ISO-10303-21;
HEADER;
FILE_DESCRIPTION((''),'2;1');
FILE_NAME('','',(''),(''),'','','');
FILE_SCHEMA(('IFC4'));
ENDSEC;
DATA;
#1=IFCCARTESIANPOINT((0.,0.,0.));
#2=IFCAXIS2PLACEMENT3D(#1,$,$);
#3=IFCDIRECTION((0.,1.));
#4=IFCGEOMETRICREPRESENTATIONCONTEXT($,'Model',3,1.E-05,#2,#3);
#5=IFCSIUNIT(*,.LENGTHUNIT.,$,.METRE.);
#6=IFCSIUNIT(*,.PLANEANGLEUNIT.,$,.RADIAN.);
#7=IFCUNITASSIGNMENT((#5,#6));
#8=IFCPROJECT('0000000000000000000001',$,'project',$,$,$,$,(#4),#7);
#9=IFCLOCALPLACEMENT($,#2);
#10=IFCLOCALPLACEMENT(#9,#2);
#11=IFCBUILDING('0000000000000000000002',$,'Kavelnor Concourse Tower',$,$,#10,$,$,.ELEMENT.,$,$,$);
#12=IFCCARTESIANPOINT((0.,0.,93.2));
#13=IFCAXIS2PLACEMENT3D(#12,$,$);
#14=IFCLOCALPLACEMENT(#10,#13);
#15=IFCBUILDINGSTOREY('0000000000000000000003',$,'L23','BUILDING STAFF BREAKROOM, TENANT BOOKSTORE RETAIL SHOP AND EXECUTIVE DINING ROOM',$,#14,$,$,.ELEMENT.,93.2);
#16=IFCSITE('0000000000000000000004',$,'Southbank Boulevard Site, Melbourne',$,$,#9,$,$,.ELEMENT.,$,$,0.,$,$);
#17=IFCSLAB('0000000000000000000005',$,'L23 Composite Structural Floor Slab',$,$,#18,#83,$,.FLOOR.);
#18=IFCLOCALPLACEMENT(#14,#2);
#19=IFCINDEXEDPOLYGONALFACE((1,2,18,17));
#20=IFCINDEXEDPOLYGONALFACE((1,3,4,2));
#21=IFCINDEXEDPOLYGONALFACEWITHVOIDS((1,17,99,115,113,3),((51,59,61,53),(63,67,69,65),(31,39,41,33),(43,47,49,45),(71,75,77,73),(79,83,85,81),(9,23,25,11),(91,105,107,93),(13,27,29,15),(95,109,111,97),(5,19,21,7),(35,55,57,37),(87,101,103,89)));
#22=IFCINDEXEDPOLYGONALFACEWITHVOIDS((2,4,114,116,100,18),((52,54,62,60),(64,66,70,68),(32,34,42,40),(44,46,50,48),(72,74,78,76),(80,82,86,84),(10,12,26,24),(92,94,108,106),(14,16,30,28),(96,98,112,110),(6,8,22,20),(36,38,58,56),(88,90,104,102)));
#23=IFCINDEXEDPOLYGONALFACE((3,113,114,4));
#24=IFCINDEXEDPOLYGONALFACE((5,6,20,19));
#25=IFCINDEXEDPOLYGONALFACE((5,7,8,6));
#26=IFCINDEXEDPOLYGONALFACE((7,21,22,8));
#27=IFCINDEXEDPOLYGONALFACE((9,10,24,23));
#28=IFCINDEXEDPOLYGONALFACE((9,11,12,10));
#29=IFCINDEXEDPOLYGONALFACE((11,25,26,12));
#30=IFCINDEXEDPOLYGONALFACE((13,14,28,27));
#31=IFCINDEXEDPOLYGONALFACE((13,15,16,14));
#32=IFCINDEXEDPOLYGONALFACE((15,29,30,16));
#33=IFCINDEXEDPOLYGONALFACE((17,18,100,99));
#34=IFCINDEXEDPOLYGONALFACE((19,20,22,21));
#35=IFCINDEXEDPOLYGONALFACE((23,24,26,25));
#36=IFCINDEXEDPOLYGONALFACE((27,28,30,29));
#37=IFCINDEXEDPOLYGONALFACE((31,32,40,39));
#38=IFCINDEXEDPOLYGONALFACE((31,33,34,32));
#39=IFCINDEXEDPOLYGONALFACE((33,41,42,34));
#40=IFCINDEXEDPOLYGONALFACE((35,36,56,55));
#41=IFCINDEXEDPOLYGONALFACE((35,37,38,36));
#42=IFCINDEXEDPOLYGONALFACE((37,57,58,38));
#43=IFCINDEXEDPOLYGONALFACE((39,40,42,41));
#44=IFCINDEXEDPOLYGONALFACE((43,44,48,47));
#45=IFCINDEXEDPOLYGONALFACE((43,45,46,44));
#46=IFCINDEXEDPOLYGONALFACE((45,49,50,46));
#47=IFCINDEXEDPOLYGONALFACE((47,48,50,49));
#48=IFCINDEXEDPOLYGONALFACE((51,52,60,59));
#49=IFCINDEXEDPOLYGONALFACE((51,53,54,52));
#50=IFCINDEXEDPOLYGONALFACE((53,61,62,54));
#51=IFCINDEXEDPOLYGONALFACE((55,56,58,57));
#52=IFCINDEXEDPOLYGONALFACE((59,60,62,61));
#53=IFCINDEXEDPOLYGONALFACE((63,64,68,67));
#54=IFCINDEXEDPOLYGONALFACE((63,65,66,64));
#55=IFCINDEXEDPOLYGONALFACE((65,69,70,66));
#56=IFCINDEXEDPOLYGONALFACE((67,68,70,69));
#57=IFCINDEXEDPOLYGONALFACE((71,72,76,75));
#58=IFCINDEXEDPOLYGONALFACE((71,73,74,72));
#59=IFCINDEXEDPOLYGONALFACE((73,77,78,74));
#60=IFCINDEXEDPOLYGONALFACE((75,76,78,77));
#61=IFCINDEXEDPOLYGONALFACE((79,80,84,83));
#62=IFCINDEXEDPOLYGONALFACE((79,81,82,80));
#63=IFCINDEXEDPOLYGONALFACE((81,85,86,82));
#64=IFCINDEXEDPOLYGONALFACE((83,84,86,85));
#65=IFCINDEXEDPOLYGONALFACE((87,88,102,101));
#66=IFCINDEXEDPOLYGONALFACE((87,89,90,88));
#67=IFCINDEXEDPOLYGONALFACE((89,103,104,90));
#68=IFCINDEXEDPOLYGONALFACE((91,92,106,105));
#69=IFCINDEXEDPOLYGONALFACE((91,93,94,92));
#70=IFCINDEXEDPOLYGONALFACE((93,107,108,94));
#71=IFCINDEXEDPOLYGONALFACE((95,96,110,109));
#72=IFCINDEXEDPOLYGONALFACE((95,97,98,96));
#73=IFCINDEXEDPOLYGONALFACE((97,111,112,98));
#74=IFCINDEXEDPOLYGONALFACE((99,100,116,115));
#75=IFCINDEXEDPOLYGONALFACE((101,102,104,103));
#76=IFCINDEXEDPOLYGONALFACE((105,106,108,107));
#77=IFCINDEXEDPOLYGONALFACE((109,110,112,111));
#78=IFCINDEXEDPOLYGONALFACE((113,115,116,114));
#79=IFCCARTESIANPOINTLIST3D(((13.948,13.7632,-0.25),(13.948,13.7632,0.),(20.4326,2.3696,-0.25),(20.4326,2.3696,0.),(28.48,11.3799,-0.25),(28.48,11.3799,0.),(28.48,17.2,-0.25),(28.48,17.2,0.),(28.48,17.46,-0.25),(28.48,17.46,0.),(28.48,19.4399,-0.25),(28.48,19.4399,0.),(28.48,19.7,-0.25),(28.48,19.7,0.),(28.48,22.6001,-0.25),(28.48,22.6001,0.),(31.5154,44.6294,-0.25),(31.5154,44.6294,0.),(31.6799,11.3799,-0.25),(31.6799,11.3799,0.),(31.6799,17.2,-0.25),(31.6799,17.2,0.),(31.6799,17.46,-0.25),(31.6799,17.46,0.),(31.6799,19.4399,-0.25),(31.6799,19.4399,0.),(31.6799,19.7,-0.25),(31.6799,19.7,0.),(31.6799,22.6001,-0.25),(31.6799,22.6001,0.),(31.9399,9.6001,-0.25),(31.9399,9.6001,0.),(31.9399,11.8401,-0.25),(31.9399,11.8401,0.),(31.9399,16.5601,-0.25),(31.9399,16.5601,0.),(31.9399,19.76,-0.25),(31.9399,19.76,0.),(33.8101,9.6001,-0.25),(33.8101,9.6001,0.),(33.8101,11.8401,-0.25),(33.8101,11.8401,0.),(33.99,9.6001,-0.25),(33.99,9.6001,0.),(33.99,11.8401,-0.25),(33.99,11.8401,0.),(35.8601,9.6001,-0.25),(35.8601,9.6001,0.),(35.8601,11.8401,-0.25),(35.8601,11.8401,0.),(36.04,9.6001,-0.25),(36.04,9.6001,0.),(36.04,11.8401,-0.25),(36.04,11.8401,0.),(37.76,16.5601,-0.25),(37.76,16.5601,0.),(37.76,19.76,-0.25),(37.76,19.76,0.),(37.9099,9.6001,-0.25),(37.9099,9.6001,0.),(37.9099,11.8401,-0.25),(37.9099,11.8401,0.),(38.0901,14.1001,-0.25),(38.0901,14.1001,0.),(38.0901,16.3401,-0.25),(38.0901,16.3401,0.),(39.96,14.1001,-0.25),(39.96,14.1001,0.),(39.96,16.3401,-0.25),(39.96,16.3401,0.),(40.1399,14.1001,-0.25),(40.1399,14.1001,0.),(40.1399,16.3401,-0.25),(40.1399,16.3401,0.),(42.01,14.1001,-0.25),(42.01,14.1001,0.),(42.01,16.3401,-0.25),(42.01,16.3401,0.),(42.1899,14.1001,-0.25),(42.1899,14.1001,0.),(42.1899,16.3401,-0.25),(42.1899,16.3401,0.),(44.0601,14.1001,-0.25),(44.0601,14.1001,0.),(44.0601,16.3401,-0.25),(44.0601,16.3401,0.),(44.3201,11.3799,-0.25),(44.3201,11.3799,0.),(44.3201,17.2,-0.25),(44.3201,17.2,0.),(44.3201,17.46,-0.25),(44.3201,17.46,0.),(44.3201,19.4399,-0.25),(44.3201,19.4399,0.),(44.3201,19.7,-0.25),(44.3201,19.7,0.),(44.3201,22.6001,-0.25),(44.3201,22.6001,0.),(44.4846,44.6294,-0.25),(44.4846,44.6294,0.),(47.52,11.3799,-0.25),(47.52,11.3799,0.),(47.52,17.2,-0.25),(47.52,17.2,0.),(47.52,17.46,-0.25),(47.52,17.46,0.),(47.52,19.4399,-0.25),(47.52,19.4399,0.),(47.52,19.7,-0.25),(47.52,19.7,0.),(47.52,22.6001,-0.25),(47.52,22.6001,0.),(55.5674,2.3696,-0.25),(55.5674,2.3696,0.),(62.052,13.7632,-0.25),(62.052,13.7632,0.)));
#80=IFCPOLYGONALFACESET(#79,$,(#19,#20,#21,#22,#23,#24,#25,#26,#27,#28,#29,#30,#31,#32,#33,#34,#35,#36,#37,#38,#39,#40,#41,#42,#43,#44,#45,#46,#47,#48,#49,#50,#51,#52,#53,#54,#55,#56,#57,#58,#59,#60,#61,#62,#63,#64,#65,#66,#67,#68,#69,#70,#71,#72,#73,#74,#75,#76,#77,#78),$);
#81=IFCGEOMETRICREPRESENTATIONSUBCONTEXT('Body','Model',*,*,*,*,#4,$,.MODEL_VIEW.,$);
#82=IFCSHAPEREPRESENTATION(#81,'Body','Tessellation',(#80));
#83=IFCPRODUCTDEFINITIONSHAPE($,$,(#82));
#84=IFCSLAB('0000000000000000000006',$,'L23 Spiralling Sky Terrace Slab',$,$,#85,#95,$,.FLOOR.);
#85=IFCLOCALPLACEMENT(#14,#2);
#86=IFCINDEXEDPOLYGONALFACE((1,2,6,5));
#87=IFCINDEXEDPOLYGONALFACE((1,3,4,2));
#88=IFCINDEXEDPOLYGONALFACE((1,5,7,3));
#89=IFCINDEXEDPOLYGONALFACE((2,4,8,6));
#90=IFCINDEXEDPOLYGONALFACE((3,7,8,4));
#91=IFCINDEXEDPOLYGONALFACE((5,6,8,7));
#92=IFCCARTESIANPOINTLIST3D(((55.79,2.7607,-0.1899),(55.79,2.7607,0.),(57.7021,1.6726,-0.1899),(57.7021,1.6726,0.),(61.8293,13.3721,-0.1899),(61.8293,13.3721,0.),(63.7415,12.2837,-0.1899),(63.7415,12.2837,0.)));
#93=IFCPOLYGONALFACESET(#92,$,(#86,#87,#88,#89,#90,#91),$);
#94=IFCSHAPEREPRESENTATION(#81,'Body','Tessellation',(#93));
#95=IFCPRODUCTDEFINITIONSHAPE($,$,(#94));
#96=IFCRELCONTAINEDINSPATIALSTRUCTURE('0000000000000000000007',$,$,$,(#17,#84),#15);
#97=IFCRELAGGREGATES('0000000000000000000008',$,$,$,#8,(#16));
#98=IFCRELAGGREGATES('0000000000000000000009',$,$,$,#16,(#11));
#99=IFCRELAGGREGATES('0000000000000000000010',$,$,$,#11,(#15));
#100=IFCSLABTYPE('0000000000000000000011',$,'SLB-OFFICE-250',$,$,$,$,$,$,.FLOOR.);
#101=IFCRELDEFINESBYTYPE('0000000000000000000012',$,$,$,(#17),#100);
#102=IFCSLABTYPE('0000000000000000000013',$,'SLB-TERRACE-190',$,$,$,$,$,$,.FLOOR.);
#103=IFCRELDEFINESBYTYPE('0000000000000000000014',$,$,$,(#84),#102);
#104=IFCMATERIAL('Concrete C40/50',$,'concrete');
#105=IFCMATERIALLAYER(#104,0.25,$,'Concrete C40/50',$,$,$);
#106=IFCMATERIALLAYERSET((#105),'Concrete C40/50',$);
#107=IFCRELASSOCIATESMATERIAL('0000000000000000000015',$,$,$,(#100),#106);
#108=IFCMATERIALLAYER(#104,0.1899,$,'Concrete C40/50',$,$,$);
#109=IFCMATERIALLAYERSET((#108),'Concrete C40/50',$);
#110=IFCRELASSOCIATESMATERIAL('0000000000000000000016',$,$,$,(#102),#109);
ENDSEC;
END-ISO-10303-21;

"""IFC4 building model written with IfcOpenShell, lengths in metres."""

from ifc_helpers import new_model, si_unit, direction, frame, origin, place, context, subcontext, project, spatial, polyline, outline, extrude, material, layer, layer_set, type_object, element, save


model = new_model("IFC4")

# Units and contexts
model_context = context("Model", 3, precision=1e-05, world=origin(), true_north=direction((0.0, 1.0)))
body_context = subcontext(model_context, "Body", "Model", "MODEL_VIEW")
ifc_project = project(units=[si_unit("LENGTHUNIT", "METRE"), si_unit("PLANEANGLEUNIT", "RADIAN")], contexts=[model_context])

# Site, building, storey
site_placement = place(None, origin())
site = spatial("IfcSite", under=ifc_project, at=site_placement, Name="Southbank Boulevard Site, Melbourne", CompositionType="ELEMENT", RefElevation=0.0)
building_placement = place(site_placement, origin())
building = spatial("IfcBuilding", under=site, at=building_placement, Name="Kavelnor Concourse Tower", CompositionType="ELEMENT")
storey_placement = place(building_placement, frame((0.0, 0.0, 93.2)))
storey = spatial("IfcBuildingStorey", under=building, at=storey_placement, Name="L23", Description="BUILDING STAFF BREAKROOM, TENANT BOOKSTORE RETAIL SHOP AND EXECUTIVE DINING ROOM", CompositionType="ELEMENT", Elevation=93.2)

# Shared definitions
ifc_material_1 = material(Name="Concrete C40/50", Category="concrete")

# Slabs
ifc_layer_1 = layer(ifc_material_1, 0.25, Name="Concrete C40/50")
ifc_layer_set_1 = layer_set([ifc_layer_1], Name="Concrete C40/50")
slab_type_1 = type_object("IfcSlabType", Name="SLB-OFFICE-250", PredefinedType="FLOOR", material=ifc_layer_set_1)
slab_1_placement = place(storey_placement, frame((0.0, 0.0, -0.25)))
element("IfcSlab", 1, at=slab_1_placement, inside=storey, type_object=slab_type_1, Name="L23 Composite Structural Floor Slab", PredefinedType="FLOOR", context=body_context, shape_type="SweptSolid", body=[
    extrude(outline(polyline([(44.4846, 44.6294), (31.5154, 44.6294), (13.948, 13.7632), (20.4326, 2.3696), (55.5674, 2.3696), (62.052, 13.7632), (44.4846, 44.6294)]), holes=[polyline([(28.48, 11.3799), (31.6799, 11.3799), (31.6799, 17.2), (28.48, 17.2), (28.48, 11.3799)]), polyline([(44.3201, 11.3799), (47.52, 11.3799), (47.52, 17.2), (44.3201, 17.2), (44.3201, 11.3799)]), polyline([(31.9399, 16.5601), (37.76, 16.5601), (37.76, 19.76), (31.9399, 19.76), (31.9399, 16.5601)]), polyline([(28.48, 19.7), (31.6799, 19.7), (31.6799, 22.6001), (28.48, 22.6001), (28.48, 19.7)]), polyline([(44.3201, 19.7), (47.52, 19.7), (47.52, 22.6001), (44.3201, 22.6001), (44.3201, 19.7)]), polyline([(38.0901, 14.1001), (39.96, 14.1001), (39.96, 16.3401), (38.0901, 16.3401), (38.0901, 14.1001)]), polyline([(40.1399, 14.1001), (42.01, 14.1001), (42.01, 16.3401), (40.1399, 16.3401), (40.1399, 14.1001)]), polyline([(42.1899, 14.1001), (44.0601, 14.1001), (44.0601, 16.3401), (42.1899, 16.3401), (42.1899, 14.1001)]), polyline([(31.9399, 9.6001), (33.8101, 9.6001), (33.8101, 11.8401), (31.9399, 11.8401), (31.9399, 9.6001)]), polyline([(33.99, 9.6001), (35.8601, 9.6001), (35.8601, 11.8401), (33.99, 11.8401), (33.99, 9.6001)]), polyline([(36.04, 9.6001), (37.9099, 9.6001), (37.9099, 11.8401), (36.04, 11.8401), (36.04, 9.6001)]), polyline([(28.48, 17.46), (31.6799, 17.46), (31.6799, 19.4399), (28.48, 19.4399), (28.48, 17.46)]), polyline([(44.3201, 17.46), (47.52, 17.46), (47.52, 19.4399), (44.3201, 19.4399), (44.3201, 17.46)])]), origin(), (0.0, 0.0, 1.0), 0.25),
])
ifc_layer_2 = layer(ifc_material_1, 0.1899, Name="Concrete C40/50")
ifc_layer_set_2 = layer_set([ifc_layer_2], Name="Concrete C40/50")
slab_type_2 = type_object("IfcSlabType", Name="SLB-TERRACE-190", PredefinedType="FLOOR", material=ifc_layer_set_2)
slab_2_placement = place(storey_placement, frame((0.0, 0.0, -0.1899)))
element("IfcSlab", 2, at=slab_2_placement, inside=storey, type_object=slab_type_2, Name="L23 Spiralling Sky Terrace Slab", PredefinedType="FLOOR", context=body_context, shape_type="SweptSolid", body=[
    extrude(outline(polyline([(63.7415, 12.2837), (57.7021, 1.6726), (55.79, 2.7607), (61.8293, 13.3721), (63.7415, 12.2837)])), origin(), (0.0, 0.0, 1.0), 0.1899),
])

save(model, "model.ifc")
